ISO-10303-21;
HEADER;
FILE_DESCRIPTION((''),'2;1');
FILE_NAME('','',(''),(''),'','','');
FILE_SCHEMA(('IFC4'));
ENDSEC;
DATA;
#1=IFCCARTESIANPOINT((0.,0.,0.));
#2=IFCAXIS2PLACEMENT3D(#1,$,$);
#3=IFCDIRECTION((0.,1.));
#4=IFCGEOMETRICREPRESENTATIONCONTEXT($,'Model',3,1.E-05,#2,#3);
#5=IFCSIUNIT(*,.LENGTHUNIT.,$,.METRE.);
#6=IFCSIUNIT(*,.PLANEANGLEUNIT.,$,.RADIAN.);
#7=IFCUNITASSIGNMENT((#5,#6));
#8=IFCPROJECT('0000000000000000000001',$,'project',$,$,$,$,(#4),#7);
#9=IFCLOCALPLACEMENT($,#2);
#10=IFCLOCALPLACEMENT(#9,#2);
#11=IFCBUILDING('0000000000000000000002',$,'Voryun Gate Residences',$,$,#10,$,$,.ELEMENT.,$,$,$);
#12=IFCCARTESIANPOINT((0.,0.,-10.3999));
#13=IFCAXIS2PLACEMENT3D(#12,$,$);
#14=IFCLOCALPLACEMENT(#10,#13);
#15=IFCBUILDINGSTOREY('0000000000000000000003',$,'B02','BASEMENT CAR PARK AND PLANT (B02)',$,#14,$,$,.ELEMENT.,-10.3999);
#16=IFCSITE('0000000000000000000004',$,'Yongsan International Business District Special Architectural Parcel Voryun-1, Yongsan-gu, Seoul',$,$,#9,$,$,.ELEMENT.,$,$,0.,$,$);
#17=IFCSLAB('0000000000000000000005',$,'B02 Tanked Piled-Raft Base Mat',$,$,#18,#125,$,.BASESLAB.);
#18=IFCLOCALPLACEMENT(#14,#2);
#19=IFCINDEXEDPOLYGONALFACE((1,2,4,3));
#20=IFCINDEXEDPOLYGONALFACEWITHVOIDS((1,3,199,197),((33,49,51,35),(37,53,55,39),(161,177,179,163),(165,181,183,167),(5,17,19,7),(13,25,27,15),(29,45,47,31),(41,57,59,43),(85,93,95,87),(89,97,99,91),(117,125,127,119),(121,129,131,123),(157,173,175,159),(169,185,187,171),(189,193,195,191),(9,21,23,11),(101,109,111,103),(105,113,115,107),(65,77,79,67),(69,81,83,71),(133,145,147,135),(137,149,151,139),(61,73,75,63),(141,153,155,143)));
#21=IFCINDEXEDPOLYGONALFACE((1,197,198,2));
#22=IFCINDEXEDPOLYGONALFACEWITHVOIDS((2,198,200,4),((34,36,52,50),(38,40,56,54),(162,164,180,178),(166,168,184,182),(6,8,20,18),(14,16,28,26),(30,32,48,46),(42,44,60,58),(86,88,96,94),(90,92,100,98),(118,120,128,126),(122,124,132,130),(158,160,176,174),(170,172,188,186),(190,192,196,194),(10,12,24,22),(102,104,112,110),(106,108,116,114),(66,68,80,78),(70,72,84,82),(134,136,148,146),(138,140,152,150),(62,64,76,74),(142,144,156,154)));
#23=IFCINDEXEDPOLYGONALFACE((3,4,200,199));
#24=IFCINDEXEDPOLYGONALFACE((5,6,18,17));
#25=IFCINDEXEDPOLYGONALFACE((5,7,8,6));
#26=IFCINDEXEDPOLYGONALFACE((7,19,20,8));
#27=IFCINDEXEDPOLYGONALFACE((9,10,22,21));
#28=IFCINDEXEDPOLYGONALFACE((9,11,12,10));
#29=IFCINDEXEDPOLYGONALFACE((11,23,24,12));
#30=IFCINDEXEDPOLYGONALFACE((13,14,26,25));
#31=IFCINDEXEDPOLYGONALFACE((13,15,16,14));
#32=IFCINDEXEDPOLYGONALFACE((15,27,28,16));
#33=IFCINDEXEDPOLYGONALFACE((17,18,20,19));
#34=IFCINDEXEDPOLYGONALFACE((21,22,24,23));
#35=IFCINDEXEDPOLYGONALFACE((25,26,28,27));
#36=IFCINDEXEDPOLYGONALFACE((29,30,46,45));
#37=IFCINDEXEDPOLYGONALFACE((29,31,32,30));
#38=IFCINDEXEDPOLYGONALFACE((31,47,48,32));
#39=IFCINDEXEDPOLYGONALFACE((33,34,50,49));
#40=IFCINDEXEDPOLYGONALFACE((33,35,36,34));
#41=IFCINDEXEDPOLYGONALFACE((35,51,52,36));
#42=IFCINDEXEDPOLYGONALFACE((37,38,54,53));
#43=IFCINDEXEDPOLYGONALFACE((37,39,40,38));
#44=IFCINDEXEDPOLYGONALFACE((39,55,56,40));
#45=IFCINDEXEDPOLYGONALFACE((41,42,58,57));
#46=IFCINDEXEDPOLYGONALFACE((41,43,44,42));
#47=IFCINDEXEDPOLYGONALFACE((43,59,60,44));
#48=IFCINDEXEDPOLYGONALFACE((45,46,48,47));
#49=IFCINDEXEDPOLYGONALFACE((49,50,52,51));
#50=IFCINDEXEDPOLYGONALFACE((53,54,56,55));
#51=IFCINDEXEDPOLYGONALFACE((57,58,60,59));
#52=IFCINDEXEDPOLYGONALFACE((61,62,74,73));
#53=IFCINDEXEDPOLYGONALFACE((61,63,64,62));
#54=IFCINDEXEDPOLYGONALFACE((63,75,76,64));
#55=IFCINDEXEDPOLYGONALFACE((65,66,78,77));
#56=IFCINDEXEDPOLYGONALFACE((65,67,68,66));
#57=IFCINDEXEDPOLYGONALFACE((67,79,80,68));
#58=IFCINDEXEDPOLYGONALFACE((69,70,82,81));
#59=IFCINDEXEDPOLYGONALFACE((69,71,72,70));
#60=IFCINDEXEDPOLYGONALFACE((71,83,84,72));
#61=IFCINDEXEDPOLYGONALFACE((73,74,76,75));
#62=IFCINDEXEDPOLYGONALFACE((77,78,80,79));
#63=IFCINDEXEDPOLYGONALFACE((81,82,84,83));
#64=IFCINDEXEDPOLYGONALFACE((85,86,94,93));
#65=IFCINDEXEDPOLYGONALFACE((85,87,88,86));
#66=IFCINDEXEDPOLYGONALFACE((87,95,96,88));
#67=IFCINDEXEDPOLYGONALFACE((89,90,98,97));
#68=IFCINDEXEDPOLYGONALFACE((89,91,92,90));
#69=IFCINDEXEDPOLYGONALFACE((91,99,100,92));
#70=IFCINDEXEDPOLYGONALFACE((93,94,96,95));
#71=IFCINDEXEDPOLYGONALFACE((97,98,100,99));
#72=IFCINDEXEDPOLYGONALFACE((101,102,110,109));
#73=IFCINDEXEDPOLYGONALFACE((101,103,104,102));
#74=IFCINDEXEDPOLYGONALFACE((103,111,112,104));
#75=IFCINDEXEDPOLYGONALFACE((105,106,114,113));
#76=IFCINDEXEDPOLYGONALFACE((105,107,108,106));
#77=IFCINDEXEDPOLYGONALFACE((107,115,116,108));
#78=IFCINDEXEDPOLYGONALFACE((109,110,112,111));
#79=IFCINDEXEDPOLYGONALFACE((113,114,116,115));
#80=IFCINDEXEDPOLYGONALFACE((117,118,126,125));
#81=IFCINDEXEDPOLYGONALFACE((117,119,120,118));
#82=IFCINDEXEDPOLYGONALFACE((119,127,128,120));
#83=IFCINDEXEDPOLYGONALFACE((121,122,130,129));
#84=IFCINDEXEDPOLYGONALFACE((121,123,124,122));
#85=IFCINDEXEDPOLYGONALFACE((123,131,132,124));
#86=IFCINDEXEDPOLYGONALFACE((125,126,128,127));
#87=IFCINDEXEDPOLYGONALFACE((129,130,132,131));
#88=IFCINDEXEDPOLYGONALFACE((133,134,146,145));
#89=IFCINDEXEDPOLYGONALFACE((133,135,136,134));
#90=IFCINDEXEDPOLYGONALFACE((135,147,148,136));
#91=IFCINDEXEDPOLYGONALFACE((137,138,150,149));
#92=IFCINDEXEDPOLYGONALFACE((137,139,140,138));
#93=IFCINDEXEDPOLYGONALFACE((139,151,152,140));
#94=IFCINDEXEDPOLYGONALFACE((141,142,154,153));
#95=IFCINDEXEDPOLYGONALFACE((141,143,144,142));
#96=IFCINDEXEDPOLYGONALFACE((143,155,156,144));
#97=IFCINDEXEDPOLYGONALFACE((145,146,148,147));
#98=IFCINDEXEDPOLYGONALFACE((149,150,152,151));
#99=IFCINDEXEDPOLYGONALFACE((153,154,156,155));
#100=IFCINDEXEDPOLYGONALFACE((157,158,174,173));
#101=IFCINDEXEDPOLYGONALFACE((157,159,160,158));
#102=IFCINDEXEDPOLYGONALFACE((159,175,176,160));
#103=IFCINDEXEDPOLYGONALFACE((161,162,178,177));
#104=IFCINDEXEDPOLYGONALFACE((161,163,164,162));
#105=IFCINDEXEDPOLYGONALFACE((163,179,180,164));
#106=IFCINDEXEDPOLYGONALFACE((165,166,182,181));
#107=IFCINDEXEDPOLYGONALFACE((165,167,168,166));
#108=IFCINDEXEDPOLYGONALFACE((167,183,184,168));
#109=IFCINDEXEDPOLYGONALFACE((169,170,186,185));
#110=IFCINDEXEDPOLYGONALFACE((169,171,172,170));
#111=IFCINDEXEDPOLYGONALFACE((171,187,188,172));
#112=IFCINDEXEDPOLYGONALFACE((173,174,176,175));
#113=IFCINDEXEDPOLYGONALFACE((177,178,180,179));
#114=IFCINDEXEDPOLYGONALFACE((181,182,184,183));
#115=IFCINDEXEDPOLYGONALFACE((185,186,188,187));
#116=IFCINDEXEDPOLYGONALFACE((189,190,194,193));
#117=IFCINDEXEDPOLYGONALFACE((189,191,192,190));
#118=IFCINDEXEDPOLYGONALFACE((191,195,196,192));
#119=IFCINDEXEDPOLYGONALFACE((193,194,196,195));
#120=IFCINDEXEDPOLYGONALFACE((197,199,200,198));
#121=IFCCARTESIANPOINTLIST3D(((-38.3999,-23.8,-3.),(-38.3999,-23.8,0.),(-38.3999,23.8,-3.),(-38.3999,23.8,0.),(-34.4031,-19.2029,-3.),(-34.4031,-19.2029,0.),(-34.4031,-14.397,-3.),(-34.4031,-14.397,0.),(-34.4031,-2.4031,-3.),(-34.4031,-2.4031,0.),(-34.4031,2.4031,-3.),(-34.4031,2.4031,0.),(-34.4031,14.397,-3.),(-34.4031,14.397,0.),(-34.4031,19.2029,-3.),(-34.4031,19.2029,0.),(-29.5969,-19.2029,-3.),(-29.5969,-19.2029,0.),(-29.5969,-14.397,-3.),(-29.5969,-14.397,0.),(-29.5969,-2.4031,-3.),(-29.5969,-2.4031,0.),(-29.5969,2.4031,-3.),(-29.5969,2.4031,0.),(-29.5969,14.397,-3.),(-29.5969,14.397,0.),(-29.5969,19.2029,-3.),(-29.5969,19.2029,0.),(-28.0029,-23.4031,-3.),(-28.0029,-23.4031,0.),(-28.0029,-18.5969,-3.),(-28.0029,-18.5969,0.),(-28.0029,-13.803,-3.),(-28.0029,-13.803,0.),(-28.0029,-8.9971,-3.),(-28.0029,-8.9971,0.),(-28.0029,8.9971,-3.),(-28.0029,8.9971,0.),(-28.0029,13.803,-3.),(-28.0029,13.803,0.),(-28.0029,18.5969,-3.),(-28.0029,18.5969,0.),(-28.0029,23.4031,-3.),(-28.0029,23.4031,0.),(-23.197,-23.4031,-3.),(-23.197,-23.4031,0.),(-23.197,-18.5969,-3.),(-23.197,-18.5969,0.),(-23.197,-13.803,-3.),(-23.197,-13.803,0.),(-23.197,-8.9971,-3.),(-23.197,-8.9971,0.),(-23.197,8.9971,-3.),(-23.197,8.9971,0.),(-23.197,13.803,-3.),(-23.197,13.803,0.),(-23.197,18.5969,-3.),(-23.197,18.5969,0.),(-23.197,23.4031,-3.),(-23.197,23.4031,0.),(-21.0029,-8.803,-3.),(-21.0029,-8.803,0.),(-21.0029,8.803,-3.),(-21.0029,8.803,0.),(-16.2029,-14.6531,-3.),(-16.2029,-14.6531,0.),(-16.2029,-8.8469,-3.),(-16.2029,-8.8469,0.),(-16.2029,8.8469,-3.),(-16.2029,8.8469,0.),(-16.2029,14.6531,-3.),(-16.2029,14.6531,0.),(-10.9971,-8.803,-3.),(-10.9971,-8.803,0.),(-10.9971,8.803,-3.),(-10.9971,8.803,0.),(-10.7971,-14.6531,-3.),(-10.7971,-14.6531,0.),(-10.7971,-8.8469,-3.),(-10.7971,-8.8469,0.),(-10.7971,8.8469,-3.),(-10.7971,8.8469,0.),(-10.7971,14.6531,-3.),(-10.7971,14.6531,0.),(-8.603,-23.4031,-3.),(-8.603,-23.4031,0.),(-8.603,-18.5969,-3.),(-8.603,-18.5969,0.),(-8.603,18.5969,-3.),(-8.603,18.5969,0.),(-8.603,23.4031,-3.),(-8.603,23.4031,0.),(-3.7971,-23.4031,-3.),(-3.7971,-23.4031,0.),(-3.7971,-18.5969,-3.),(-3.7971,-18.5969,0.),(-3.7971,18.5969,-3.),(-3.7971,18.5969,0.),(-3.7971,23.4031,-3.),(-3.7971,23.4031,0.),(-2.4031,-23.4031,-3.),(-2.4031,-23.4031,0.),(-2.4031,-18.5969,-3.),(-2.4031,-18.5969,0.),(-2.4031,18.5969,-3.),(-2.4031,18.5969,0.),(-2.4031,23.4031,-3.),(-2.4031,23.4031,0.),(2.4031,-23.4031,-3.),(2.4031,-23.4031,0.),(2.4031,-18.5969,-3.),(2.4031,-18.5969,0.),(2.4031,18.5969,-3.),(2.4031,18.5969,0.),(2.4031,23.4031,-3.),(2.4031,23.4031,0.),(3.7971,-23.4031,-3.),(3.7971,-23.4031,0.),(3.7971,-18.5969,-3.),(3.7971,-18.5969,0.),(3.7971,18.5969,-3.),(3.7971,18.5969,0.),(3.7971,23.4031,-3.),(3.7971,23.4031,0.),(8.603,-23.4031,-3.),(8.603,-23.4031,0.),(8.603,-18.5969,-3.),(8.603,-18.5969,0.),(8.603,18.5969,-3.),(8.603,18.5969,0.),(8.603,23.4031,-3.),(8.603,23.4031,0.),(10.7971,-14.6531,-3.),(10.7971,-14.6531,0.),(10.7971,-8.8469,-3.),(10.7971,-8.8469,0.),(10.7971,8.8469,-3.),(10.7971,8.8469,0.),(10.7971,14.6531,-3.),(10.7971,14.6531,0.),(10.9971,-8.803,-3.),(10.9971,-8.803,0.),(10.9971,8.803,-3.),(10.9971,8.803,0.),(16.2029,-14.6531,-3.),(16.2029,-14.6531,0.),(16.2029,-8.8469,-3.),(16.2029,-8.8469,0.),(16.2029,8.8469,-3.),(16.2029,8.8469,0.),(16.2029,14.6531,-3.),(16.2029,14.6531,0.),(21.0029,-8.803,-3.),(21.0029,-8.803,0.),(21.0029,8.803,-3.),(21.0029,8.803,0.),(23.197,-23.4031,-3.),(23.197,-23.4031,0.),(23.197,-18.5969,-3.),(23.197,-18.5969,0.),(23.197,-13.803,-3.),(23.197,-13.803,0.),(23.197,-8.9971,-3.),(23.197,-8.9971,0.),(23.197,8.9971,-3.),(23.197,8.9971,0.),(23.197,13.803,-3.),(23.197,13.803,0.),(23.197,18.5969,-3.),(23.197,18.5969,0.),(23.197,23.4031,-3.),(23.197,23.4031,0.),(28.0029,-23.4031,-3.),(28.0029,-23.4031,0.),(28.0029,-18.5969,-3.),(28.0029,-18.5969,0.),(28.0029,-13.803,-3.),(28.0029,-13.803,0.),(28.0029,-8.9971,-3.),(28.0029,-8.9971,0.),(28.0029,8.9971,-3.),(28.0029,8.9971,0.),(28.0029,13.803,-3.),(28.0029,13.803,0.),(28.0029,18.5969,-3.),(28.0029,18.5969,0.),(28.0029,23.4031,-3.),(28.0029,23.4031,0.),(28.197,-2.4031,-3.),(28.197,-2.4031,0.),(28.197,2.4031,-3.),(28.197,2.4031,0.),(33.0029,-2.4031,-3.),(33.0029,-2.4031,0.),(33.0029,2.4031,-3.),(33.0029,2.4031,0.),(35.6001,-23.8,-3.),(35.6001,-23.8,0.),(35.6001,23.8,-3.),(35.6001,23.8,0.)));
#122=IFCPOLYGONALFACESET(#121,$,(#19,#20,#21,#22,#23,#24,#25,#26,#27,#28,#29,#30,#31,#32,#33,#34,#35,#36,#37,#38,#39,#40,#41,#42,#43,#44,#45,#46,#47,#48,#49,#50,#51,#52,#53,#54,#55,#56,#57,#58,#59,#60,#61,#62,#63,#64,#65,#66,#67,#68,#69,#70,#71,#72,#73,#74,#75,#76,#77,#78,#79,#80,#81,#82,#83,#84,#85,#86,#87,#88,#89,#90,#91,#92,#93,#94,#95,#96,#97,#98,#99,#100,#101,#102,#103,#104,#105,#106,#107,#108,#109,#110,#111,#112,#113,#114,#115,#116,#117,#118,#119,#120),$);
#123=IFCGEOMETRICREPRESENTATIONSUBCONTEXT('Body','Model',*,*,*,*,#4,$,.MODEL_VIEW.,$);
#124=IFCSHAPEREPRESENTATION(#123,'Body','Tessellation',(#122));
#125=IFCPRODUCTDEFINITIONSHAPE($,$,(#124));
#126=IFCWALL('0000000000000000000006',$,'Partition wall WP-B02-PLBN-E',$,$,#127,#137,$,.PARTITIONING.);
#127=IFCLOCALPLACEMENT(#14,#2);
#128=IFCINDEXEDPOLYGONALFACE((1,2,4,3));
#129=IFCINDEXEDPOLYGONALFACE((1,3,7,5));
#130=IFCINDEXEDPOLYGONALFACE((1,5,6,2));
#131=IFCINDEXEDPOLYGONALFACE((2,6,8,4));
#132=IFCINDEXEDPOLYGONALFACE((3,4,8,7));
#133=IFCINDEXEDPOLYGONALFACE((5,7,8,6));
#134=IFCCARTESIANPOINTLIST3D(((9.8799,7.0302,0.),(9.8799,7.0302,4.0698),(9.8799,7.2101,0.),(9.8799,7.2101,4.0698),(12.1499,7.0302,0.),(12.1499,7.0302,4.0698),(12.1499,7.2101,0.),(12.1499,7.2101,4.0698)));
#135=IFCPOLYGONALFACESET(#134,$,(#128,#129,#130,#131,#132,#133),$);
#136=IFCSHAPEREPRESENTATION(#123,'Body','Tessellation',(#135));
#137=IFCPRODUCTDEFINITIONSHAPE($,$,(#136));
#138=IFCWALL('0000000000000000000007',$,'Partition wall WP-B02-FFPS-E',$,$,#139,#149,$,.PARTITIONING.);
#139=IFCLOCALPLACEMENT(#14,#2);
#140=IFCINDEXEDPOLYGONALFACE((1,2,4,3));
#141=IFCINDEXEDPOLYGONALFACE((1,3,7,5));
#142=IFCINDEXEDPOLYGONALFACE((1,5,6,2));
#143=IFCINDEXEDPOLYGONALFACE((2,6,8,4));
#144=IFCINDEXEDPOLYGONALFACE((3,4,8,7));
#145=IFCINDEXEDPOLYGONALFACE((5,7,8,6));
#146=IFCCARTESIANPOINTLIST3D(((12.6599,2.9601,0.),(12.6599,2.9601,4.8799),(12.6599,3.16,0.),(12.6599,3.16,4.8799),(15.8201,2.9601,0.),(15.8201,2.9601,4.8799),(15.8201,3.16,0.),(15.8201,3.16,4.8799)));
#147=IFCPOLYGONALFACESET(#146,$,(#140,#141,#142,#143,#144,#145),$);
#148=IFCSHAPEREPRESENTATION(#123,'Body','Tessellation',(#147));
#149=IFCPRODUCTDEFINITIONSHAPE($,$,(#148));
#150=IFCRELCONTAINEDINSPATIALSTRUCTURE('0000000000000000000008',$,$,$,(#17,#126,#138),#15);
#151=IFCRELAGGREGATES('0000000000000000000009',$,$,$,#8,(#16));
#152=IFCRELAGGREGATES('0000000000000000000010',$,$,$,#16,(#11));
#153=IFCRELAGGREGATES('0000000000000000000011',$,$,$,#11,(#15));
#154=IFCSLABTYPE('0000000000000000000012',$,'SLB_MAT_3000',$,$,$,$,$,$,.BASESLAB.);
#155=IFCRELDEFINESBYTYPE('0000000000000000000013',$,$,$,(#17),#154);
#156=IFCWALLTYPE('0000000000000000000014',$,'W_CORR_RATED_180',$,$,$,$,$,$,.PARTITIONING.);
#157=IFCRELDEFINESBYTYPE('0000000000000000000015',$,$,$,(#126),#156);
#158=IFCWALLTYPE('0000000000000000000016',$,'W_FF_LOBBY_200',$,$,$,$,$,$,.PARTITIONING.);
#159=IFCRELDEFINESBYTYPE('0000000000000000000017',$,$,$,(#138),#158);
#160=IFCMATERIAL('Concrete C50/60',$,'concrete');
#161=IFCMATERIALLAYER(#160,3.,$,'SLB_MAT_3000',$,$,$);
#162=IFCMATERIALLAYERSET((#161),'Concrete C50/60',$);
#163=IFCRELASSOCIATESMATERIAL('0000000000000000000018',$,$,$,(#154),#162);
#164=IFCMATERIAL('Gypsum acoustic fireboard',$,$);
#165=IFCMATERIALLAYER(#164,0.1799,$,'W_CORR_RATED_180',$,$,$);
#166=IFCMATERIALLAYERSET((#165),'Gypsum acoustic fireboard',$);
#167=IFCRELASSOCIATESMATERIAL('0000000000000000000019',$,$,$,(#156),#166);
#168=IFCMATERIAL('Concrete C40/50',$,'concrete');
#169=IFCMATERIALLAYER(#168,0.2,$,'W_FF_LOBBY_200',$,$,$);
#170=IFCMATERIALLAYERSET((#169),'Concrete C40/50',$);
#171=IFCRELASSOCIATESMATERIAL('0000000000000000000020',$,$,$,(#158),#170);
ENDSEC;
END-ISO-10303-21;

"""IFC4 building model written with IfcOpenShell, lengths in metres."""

from ifc_helpers import new_model, si_unit, direction, frame, frame_2d, origin, place, context, subcontext, project, spatial, polyline, rectangle, outline, extrude, material, layer, layer_set, type_object, element, save


model = new_model("IFC4")

# Units and contexts
model_context = context("Model", 3, precision=1e-05, world=origin(), true_north=direction((0.0, 1.0)))
body_context = subcontext(model_context, "Body", "Model", "MODEL_VIEW")
ifc_project = project(units=[si_unit("LENGTHUNIT", "METRE"), si_unit("PLANEANGLEUNIT", "RADIAN")], contexts=[model_context])

# Site, building, storey
site_placement = place(None, origin())
site = spatial("IfcSite", under=ifc_project, at=site_placement, Name="Yongsan International Business District Special Architectural Parcel Voryun-1, Yongsan-gu, Seoul", CompositionType="ELEMENT", RefElevation=0.0)
building_placement = place(site_placement, origin())
building = spatial("IfcBuilding", under=site, at=building_placement, Name="Voryun Gate Residences", CompositionType="ELEMENT")
storey_placement = place(building_placement, frame((0.0, 0.0, -10.3999)))
storey = spatial("IfcBuildingStorey", under=building, at=storey_placement, Name="B02", Description="BASEMENT CAR PARK AND PLANT (B02)", CompositionType="ELEMENT", Elevation=-10.3999)

# Slab
ifc_material_1 = material(Name="Concrete C50/60", Category="concrete")
ifc_layer_1 = layer(ifc_material_1, 3.0, Name="SLB_MAT_3000")
ifc_layer_set_1 = layer_set([ifc_layer_1], Name="Concrete C50/60")
slab_type = type_object("IfcSlabType", Name="SLB_MAT_3000", PredefinedType="BASESLAB", material=ifc_layer_set_1)
slab_placement = place(storey_placement, frame((0.0, 0.0, -3.0)))
element("IfcSlab", 1, at=slab_placement, inside=storey, type_object=slab_type, Name="B02 Tanked Piled-Raft Base Mat", PredefinedType="BASESLAB", context=body_context, shape_type="SweptSolid", body=[
    extrude(outline(polyline([(-38.3999, 23.8), (35.6001, 23.8), (35.6001, -23.8), (-38.3999, -23.8), (-38.3999, 23.8)]), holes=[polyline([(-23.197, -23.4031), (-23.197, -18.5969), (-28.0029, -18.5969), (-28.0029, -23.4031), (-23.197, -23.4031)]), polyline([(-8.603, -23.4031), (-3.7971, -23.4031), (-3.7971, -18.5969), (-8.603, -18.5969), (-8.603, -23.4031)]), polyline([(-34.4031, -19.2029), (-29.5969, -19.2029), (-29.5969, -14.397), (-34.4031, -14.397), (-34.4031, -19.2029)]), polyline([(-10.7971, -14.6531), (-10.7971, -8.8469), (-16.2029, -8.8469), (-16.2029, -14.6531), (-10.7971, -14.6531)]), polyline([(-28.0029, -13.803), (-23.197, -13.803), (-23.197, -8.9971), (-28.0029, -8.9971), (-28.0029, -13.803)]), polyline([(-34.4031, -2.4031), (-29.5969, -2.4031), (-29.5969, 2.4031), (-34.4031, 2.4031), (-34.4031, -2.4031)]), polyline([(-10.9971, -8.803), (-10.9971, 8.803), (-21.0029, 8.803), (-21.0029, -8.803), (-10.9971, -8.803)]), polyline([(-28.0029, 8.9971), (-23.197, 8.9971), (-23.197, 13.803), (-28.0029, 13.803), (-28.0029, 8.9971)]), polyline([(-16.2029, 8.8469), (-10.7971, 8.8469), (-10.7971, 14.6531), (-16.2029, 14.6531), (-16.2029, 8.8469)]), polyline([(-29.5969, 14.397), (-29.5969, 19.2029), (-34.4031, 19.2029), (-34.4031, 14.397), (-29.5969, 14.397)]), polyline([(-28.0029, 18.5969), (-23.197, 18.5969), (-23.197, 23.4031), (-28.0029, 23.4031), (-28.0029, 18.5969)]), polyline([(-8.603, 18.5969), (-3.7971, 18.5969), (-3.7971, 23.4031), (-8.603, 23.4031), (-8.603, 18.5969)]), polyline([(2.4031, -23.4031), (2.4031, -18.5969), (-2.4031, -18.5969), (-2.4031, -23.4031), (2.4031, -23.4031)]), polyline([(3.7971, -23.4031), (8.603, -23.4031), (8.603, -18.5969), (3.7971, -18.5969), (3.7971, -23.4031)]), polyline([(23.197, -23.4031), (28.0029, -23.4031), (28.0029, -18.5969), (23.197, -18.5969), (23.197, -23.4031)]), polyline([(16.2029, -14.6531), (16.2029, -8.8469), (10.7971, -8.8469), (10.7971, -14.6531), (16.2029, -14.6531)]), polyline([(23.197, -13.803), (28.0029, -13.803), (28.0029, -8.9971), (23.197, -8.9971), (23.197, -13.803)]), polyline([(10.9971, -8.803), (21.0029, -8.803), (21.0029, 8.803), (10.9971, 8.803), (10.9971, -8.803)]), polyline([(33.0029, -2.4031), (33.0029, 2.4031), (28.197, 2.4031), (28.197, -2.4031), (33.0029, -2.4031)]), polyline([(23.197, 8.9971), (28.0029, 8.9971), (28.0029, 13.803), (23.197, 13.803), (23.197, 8.9971)]), polyline([(10.7971, 8.8469), (16.2029, 8.8469), (16.2029, 14.6531), (10.7971, 14.6531), (10.7971, 8.8469)]), polyline([(2.4031, 18.5969), (2.4031, 23.4031), (-2.4031, 23.4031), (-2.4031, 18.5969), (2.4031, 18.5969)]), polyline([(3.7971, 18.5969), (8.603, 18.5969), (8.603, 23.4031), (3.7971, 23.4031), (3.7971, 18.5969)]), polyline([(23.197, 18.5969), (28.0029, 18.5969), (28.0029, 23.4031), (23.197, 23.4031), (23.197, 18.5969)])]), origin(), (0.0, 0.0, 1.0), 3.0),
])

# Walls
ifc_material_2 = material(Name="Gypsum acoustic fireboard")
ifc_layer_2 = layer(ifc_material_2, 0.1799, Name="W_CORR_RATED_180")
ifc_layer_set_2 = layer_set([ifc_layer_2], Name="Gypsum acoustic fireboard")
wall_type_1 = type_object("IfcWallType", Name="W_CORR_RATED_180", PredefinedType="PARTITIONING", material=ifc_layer_set_2)
wall_1_placement = place(storey_placement, frame((9.8799, 7.1201, 0.0), z_axis=(0.0, 0.0, 1.0), x_axis=(1.0, 0.0, 0.0)))
element("IfcWall", 2, at=wall_1_placement, inside=storey, type_object=wall_type_1, Name="Partition wall WP-B02-PLBN-E", PredefinedType="PARTITIONING", context=body_context, shape_type="SweptSolid", body=[
    extrude(rectangle(XDim=2.27, YDim=0.1799, at=frame_2d((1.135, 0.0))), origin(), (0.0, 0.0, 1.0), 4.0698),
])
ifc_material_3 = material(Name="Concrete C40/50", Category="concrete")
ifc_layer_3 = layer(ifc_material_3, 0.2, Name="W_FF_LOBBY_200")
ifc_layer_set_3 = layer_set([ifc_layer_3], Name="Concrete C40/50")
wall_type_2 = type_object("IfcWallType", Name="W_FF_LOBBY_200", PredefinedType="PARTITIONING", material=ifc_layer_set_3)
wall_2_placement = place(storey_placement, frame((12.6599, 3.0601, 0.0), z_axis=(0.0, 0.0, 1.0), x_axis=(1.0, 0.0, 0.0)))
element("IfcWall", 3, at=wall_2_placement, inside=storey, type_object=wall_type_2, Name="Partition wall WP-B02-FFPS-E", PredefinedType="PARTITIONING", context=body_context, shape_type="SweptSolid", body=[
    extrude(rectangle(XDim=3.1602, YDim=0.2, at=frame_2d((1.5801, 0.0))), origin(), (0.0, 0.0, 1.0), 4.8799),
])

save(model, "model.ifc")
